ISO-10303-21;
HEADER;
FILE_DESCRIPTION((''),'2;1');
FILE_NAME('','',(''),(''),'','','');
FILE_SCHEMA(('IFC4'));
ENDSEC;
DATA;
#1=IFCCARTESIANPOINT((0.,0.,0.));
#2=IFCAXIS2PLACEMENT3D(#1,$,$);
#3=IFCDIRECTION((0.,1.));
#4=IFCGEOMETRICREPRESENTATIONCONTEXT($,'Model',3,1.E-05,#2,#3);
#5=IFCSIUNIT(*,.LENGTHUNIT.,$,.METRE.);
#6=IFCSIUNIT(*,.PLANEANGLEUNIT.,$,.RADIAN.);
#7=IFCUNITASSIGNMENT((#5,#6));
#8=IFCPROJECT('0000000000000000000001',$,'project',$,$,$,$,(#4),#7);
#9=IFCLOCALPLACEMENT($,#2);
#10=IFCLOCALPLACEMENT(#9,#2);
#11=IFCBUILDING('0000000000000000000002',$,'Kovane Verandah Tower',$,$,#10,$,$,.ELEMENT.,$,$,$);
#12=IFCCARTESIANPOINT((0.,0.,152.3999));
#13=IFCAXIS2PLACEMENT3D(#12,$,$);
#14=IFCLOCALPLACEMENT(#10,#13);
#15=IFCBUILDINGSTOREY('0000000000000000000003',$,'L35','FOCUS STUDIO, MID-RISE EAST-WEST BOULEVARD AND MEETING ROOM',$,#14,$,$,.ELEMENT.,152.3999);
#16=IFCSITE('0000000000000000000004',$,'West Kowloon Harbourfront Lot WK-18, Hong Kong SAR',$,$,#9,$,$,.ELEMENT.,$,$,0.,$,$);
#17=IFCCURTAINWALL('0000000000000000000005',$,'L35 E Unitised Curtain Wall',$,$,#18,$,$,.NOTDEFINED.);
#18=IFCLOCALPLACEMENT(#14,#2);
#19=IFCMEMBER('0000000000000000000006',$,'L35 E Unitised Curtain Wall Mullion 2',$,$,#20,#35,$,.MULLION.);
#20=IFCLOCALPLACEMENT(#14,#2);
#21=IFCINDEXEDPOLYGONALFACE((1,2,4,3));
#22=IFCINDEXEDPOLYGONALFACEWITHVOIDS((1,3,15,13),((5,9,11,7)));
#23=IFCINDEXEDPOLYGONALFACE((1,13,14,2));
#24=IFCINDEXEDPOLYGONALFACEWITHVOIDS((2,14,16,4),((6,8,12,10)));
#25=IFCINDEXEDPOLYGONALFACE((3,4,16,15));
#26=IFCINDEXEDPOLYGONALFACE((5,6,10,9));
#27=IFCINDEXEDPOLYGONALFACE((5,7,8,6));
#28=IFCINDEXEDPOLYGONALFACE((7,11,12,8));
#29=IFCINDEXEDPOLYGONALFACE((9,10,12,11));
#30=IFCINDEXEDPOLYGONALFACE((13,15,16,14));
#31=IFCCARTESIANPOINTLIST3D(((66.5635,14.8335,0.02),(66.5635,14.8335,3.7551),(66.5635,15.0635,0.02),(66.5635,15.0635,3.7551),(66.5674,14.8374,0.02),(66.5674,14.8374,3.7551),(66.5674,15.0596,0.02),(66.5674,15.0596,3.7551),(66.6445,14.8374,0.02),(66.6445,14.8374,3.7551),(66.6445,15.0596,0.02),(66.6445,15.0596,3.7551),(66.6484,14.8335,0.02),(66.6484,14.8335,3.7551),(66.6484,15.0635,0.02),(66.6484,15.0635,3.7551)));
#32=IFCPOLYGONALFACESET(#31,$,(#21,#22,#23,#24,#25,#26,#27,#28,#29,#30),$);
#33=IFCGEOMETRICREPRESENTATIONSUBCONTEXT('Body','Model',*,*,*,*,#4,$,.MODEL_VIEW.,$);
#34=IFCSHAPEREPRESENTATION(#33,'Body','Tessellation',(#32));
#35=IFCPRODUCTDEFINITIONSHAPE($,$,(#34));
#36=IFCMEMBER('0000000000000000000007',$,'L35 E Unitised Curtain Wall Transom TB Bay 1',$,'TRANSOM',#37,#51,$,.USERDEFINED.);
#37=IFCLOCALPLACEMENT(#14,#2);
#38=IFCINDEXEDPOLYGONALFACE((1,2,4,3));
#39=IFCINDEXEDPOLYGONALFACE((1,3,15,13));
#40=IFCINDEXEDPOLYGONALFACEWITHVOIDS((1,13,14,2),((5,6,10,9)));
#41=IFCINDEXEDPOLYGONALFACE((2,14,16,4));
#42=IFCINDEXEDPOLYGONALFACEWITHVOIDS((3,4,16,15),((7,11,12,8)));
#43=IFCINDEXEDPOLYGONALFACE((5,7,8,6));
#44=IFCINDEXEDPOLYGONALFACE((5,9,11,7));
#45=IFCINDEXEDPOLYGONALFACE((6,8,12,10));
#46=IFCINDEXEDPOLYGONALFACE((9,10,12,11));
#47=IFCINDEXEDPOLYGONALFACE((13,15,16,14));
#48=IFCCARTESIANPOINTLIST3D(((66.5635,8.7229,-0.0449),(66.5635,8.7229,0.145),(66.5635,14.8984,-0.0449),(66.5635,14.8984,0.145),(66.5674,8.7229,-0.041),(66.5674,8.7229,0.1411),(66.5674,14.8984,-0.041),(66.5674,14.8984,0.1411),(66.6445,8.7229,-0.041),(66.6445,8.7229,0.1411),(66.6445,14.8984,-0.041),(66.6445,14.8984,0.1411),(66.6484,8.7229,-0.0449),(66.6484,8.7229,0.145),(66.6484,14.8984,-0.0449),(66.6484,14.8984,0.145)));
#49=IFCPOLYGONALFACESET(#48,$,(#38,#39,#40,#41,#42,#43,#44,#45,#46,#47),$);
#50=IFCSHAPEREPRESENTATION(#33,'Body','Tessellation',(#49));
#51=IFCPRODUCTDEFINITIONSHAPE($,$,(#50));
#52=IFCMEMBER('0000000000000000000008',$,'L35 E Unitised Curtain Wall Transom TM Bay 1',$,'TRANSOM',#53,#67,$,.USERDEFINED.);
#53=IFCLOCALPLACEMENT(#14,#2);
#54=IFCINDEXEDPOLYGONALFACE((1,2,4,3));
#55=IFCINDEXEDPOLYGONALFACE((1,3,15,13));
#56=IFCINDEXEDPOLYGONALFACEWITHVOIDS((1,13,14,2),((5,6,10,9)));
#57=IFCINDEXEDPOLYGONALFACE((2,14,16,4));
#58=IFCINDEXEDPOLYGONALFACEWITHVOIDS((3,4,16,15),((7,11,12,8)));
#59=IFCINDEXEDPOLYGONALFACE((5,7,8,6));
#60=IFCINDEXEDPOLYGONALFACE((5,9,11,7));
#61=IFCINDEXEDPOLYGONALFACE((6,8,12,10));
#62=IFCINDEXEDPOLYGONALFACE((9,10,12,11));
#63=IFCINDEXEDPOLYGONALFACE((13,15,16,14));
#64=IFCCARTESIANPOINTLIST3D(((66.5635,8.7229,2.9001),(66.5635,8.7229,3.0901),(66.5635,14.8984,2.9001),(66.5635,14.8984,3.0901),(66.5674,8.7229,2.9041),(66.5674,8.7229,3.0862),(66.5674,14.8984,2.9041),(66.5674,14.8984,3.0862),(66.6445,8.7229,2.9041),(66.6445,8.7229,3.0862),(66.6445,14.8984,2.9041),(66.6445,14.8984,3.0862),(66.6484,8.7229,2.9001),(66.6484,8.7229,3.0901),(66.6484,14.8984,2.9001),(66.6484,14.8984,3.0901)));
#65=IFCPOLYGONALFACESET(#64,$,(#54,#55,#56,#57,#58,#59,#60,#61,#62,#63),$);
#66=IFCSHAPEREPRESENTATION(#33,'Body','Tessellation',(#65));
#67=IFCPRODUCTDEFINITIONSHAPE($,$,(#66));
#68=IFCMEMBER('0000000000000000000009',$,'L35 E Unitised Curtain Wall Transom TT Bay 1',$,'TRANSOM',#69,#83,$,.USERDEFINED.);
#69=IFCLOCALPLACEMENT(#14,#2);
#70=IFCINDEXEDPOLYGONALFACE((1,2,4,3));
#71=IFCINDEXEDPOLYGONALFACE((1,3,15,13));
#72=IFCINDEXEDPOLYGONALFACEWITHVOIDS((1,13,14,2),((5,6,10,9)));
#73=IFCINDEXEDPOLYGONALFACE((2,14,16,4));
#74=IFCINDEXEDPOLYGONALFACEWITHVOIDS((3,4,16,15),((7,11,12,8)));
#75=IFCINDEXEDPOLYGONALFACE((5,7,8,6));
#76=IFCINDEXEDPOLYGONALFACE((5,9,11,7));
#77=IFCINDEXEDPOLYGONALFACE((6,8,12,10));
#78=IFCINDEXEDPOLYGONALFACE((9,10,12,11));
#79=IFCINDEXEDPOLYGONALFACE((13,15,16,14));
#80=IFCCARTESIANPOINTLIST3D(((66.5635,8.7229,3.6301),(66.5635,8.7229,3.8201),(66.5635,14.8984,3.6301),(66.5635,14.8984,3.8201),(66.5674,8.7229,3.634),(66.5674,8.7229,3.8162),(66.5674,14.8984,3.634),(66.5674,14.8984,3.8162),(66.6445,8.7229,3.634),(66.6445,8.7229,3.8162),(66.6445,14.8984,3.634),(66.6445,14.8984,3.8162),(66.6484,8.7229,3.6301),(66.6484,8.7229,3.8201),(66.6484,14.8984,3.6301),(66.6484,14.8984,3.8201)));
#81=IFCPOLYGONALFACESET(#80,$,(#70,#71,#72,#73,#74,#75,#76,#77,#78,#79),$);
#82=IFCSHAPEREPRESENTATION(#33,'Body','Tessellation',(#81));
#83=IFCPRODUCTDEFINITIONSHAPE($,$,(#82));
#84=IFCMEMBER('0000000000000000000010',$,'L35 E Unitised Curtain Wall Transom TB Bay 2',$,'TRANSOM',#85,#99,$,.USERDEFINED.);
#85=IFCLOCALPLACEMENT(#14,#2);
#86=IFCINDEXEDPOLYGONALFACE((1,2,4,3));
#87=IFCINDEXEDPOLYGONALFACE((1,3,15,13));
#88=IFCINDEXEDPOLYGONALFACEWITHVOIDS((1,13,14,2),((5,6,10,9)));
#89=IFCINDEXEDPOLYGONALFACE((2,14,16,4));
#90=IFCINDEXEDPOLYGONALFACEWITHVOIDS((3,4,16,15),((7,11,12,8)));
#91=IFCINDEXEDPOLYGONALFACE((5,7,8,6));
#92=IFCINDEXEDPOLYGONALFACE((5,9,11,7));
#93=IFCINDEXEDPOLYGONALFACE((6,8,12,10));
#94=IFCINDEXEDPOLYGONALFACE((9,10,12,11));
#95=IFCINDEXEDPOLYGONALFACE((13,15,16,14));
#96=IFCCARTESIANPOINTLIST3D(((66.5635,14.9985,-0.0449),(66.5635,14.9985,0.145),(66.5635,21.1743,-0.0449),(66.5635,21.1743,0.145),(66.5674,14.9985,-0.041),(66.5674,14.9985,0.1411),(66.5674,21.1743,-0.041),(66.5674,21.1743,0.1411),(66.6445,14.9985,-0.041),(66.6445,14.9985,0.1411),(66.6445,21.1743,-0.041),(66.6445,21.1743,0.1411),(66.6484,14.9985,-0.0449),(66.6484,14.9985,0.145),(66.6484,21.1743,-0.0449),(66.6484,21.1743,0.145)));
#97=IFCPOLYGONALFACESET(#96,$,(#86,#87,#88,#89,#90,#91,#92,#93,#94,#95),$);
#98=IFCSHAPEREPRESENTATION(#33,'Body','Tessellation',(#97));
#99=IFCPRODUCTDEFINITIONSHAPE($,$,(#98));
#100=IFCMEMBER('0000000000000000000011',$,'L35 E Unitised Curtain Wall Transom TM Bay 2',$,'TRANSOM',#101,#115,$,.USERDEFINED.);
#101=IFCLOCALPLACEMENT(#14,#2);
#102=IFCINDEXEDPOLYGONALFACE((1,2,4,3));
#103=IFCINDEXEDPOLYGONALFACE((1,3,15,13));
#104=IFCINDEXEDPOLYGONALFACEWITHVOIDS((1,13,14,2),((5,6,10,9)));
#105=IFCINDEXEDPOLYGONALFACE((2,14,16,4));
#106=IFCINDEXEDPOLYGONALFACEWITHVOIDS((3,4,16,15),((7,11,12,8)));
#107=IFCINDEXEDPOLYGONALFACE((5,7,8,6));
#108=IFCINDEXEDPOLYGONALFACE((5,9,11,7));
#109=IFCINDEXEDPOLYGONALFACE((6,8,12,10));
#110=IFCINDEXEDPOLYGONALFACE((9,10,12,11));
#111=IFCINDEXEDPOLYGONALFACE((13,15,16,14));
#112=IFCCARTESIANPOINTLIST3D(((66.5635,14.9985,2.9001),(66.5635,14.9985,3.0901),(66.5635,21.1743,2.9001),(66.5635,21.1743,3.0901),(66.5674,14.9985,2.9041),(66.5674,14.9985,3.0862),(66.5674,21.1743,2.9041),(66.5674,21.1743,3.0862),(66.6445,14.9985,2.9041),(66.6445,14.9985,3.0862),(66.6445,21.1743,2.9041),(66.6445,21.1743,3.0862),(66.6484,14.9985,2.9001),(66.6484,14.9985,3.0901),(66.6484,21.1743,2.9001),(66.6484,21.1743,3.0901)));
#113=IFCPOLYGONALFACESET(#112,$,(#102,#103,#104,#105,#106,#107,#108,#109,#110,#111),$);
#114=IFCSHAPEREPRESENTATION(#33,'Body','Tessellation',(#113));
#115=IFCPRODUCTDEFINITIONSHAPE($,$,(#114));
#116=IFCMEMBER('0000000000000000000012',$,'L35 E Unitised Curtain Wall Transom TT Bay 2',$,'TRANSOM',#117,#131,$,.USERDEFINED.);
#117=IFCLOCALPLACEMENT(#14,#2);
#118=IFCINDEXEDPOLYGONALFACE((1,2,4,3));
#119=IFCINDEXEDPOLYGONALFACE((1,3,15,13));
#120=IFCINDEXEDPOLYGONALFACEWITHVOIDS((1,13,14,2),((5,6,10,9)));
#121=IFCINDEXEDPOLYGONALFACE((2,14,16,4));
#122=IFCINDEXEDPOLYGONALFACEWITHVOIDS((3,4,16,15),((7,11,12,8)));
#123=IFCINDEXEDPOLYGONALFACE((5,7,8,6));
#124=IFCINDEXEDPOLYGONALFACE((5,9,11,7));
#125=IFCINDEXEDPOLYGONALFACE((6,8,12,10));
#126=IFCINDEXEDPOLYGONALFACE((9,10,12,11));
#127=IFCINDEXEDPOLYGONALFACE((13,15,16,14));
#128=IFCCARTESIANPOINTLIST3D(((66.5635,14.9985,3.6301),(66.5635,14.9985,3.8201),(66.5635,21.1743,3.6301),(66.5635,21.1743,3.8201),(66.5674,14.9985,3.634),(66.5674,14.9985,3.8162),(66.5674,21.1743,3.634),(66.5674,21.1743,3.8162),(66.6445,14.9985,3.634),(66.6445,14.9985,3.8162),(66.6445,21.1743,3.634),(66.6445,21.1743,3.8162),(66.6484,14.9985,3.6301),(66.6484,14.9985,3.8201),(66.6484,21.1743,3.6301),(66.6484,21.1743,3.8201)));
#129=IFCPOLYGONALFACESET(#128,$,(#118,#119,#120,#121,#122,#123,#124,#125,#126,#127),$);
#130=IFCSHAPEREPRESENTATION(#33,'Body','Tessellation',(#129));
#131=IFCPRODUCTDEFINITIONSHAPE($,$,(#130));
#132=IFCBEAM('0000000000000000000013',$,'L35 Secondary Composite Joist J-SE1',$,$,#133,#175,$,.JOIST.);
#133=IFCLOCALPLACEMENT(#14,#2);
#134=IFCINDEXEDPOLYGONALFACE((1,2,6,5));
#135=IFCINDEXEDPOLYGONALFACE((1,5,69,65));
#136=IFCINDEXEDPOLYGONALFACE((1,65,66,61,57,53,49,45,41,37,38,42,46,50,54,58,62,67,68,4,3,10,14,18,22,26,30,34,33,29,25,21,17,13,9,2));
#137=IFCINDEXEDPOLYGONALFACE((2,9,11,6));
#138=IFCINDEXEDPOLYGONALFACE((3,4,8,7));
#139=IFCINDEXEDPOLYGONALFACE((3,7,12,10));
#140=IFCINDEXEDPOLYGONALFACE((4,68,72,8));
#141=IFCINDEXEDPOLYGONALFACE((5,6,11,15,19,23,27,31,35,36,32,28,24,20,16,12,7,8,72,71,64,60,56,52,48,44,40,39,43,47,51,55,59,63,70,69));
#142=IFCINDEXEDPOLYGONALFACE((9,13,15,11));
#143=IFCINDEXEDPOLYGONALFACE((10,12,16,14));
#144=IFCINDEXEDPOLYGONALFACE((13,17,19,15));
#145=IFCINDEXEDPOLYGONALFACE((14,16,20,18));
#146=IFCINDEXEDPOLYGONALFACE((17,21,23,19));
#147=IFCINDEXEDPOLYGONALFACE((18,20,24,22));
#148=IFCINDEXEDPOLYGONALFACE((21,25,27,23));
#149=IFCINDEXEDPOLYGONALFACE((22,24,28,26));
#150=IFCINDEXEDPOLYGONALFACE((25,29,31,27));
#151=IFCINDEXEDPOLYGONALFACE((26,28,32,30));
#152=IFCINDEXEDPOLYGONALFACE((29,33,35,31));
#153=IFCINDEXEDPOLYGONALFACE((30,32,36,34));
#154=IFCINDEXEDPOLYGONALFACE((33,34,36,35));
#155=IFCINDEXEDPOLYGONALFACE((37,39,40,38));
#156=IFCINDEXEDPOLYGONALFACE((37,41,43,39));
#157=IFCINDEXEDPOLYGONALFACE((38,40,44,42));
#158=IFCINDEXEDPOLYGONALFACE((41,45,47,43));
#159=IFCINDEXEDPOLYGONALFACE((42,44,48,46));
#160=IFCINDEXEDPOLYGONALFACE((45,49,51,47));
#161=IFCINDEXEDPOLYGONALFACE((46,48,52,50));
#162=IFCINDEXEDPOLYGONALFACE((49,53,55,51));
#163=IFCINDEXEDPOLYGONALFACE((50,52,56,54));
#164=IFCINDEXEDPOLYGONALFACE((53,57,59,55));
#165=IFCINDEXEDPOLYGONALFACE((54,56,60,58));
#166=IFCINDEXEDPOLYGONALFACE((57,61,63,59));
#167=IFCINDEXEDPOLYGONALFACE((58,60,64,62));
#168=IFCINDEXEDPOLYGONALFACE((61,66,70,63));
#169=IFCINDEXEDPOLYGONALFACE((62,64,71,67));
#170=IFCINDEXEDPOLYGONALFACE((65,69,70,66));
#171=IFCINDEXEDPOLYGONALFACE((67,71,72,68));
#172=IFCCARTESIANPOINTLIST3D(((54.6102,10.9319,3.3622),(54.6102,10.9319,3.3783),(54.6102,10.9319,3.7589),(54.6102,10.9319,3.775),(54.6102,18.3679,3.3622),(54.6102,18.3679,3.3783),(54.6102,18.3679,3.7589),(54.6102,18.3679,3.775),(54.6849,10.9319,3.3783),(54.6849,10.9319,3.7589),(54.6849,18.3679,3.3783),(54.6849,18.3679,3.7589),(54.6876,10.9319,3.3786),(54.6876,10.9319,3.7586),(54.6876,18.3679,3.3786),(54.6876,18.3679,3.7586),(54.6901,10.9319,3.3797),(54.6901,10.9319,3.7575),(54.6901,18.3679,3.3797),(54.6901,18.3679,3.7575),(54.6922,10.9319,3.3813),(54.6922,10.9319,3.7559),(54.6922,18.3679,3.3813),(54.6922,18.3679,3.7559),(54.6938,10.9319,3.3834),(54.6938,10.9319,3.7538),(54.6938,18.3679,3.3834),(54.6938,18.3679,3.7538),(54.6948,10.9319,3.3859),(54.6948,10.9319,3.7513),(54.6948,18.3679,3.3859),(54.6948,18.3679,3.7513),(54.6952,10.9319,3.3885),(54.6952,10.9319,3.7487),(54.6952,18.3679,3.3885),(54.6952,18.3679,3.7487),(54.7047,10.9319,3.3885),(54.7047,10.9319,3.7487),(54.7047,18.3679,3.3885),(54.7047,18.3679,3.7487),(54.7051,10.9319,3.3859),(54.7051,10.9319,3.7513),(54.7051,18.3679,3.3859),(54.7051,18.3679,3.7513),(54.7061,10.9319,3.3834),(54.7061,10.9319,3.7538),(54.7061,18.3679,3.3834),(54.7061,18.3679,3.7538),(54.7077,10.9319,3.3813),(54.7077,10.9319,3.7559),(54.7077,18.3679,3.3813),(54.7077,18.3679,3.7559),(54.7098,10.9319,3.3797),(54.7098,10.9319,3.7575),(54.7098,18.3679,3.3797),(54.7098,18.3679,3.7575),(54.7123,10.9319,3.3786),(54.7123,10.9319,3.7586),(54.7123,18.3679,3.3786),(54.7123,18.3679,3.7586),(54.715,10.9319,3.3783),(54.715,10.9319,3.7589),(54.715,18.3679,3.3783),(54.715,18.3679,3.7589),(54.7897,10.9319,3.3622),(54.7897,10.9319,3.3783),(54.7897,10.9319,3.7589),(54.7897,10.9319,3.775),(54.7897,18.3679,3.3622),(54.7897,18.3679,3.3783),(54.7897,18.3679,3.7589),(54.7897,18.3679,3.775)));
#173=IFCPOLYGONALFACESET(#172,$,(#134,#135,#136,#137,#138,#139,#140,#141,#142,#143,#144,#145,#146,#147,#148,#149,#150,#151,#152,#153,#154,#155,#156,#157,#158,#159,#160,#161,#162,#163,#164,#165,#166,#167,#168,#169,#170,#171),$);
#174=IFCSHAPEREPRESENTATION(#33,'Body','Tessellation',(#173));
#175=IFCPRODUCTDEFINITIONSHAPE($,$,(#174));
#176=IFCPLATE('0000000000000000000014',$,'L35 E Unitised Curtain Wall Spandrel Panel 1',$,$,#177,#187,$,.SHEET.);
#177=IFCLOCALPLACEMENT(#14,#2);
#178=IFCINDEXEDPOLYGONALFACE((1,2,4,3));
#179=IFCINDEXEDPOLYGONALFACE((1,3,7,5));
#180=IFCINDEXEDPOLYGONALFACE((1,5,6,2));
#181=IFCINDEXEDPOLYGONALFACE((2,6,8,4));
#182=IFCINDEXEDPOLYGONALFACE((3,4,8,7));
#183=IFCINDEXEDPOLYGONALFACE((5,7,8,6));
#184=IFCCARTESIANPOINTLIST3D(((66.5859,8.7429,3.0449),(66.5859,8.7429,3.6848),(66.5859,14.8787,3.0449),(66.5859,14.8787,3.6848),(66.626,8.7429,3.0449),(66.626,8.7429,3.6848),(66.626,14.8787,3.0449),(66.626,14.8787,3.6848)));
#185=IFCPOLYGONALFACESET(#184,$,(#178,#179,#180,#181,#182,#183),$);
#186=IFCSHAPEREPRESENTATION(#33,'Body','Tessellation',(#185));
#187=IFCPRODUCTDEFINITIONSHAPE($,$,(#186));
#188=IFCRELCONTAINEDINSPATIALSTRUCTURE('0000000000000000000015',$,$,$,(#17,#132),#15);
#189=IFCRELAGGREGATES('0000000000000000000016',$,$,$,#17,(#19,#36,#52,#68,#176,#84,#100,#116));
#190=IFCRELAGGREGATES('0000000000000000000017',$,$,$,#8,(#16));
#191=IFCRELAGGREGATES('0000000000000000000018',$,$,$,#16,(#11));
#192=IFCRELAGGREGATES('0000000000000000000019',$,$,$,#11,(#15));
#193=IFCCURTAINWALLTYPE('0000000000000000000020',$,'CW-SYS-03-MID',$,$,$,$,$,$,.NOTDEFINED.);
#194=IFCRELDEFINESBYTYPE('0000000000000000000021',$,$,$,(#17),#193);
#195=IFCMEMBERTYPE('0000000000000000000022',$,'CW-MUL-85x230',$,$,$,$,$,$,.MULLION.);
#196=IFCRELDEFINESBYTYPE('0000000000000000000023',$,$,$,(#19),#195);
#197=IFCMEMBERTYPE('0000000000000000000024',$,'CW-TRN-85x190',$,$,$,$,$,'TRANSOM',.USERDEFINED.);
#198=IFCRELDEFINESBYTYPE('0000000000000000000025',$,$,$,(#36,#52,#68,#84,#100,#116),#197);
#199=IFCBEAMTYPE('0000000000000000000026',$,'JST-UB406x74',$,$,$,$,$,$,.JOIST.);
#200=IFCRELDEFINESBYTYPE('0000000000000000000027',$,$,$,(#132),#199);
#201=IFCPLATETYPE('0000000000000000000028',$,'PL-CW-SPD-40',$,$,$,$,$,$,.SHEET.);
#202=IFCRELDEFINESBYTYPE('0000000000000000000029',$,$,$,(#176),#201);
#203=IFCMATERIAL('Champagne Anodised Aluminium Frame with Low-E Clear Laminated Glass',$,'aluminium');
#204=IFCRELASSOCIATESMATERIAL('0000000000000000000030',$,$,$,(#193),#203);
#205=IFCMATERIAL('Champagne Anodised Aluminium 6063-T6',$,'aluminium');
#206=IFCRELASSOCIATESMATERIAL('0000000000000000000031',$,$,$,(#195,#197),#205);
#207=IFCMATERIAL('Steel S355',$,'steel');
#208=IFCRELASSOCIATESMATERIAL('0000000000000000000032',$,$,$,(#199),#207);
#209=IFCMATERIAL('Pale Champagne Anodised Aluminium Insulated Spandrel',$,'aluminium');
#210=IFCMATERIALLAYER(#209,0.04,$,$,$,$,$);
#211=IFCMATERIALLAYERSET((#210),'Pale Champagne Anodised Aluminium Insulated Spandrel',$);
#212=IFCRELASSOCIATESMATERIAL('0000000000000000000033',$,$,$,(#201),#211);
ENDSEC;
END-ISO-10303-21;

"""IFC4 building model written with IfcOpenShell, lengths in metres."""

from ifc_helpers import new_model, si_unit, direction, frame, origin, origin_2d, place, context, subcontext, project, spatial, rectangle, hollow_rectangle, i_section, extrude, material, layer, layer_set, material_profile, profile_set, type_object, element, aggregate, save


model = new_model("IFC4")

# Units and contexts
model_context = context("Model", 3, precision=1e-05, world=origin(), true_north=direction((0.0, 1.0)))
body_context = subcontext(model_context, "Body", "Model", "MODEL_VIEW")
ifc_project = project(units=[si_unit("LENGTHUNIT", "METRE"), si_unit("PLANEANGLEUNIT", "RADIAN")], contexts=[model_context])

# Site, building, storey
site_placement = place(None, origin())
site = spatial("IfcSite", under=ifc_project, at=site_placement, Name="West Kowloon Harbourfront Lot WK-18, Hong Kong SAR", CompositionType="ELEMENT", RefElevation=0.0)
building_placement = place(site_placement, origin())
building = spatial("IfcBuilding", under=site, at=building_placement, Name="Kovane Verandah Tower", CompositionType="ELEMENT")
storey_placement = place(building_placement, frame((0.0, 0.0, 152.3999)))
storey = spatial("IfcBuildingStorey", under=building, at=storey_placement, Name="L35", Description="FOCUS STUDIO, MID-RISE EAST-WEST BOULEVARD AND MEETING ROOM", CompositionType="ELEMENT", Elevation=152.3999)

# Shared definitions
ifc_material_1 = material(Name="Steel S355", Category="steel")

# Curtain wall, members
ifc_material_2 = material(Name="Champagne Anodised Aluminium Frame with Low-E Clear Laminated Glass", Category="aluminium")
curtain_wall_type = type_object("IfcCurtainWallType", Name="CW-SYS-03-MID", PredefinedType="NOTDEFINED", material=ifc_material_2)
curtain_wall_placement = place(storey_placement, origin())
curtain_wall = element("IfcCurtainWall", 1, at=curtain_wall_placement, inside=storey, type_object=curtain_wall_type, Name="L35 E Unitised Curtain Wall", PredefinedType="NOTDEFINED")
ifc_material_3 = material(Name="Champagne Anodised Aluminium 6063-T6", Category="aluminium")
ifc_material_profile_1 = material_profile(ifc_material_3, hollow_rectangle(XDim=0.085, YDim=0.23, WallThickness=0.0039, at=origin_2d()), Name="AL85x230x4")
ifc_profile_set_1 = profile_set([ifc_material_profile_1], Name="Champagne Anodised Aluminium 6063-T6")
member_type_1 = type_object("IfcMemberType", Name="CW-MUL-85x230", PredefinedType="MULLION", material=ifc_profile_set_1)
member_1_placement = place(storey_placement, frame((66.606, 14.9485, 0.02), z_axis=(0.0, 0.0, 1.0), x_axis=(1.0, 0.0, 0.0)))
member_1 = element("IfcMember", 2, at=member_1_placement, type_object=member_type_1, Name="L35 E Unitised Curtain Wall Mullion 2", PredefinedType="MULLION", context=body_context, shape_type="SweptSolid", body=[
    extrude(hollow_rectangle(XDim=0.085, YDim=0.23, WallThickness=0.0039, at=origin_2d()), origin(), (0.0, 0.0, 1.0), 3.7351),
])
ifc_material_profile_2 = material_profile(ifc_material_3, hollow_rectangle(XDim=0.085, YDim=0.1899, WallThickness=0.0039, at=origin_2d()), Name="AL85x190x4")
ifc_profile_set_2 = profile_set([ifc_material_profile_2], Name="Champagne Anodised Aluminium 6063-T6")
member_type_2 = type_object("IfcMemberType", Name="CW-TRN-85x190", ElementType="TRANSOM", PredefinedType="USERDEFINED", material=ifc_profile_set_2)
member_2_placement = place(storey_placement, frame((66.606, 8.7229, 0.05), z_axis=(0.0, 1.0, 0.0), x_axis=(-1.0, 0.0, 0.0)))
member_2 = element("IfcMember", 3, at=member_2_placement, type_object=member_type_2, Name="L35 E Unitised Curtain Wall Transom TB Bay 1", ObjectType="TRANSOM", PredefinedType="USERDEFINED", context=body_context, shape_type="SweptSolid", body=[
    extrude(hollow_rectangle(XDim=0.085, YDim=0.1899, WallThickness=0.0039, at=origin_2d()), origin(), (0.0, 0.0, 1.0), 6.1755),
])
member_3_placement = place(storey_placement, frame((66.606, 8.7229, 2.9951), z_axis=(0.0, 1.0, 0.0), x_axis=(-1.0, 0.0, 0.0)))
member_3 = element("IfcMember", 4, at=member_3_placement, type_object=member_type_2, Name="L35 E Unitised Curtain Wall Transom TM Bay 1", ObjectType="TRANSOM", PredefinedType="USERDEFINED", context=body_context, shape_type="SweptSolid", body=[
    extrude(hollow_rectangle(XDim=0.085, YDim=0.1899, WallThickness=0.0039, at=origin_2d()), origin(), (0.0, 0.0, 1.0), 6.1755),
])
member_4_placement = place(storey_placement, frame((66.606, 8.7229, 3.7251), z_axis=(0.0, 1.0, 0.0), x_axis=(-1.0, 0.0, 0.0)))
member_4 = element("IfcMember", 5, at=member_4_placement, type_object=member_type_2, Name="L35 E Unitised Curtain Wall Transom TT Bay 1", ObjectType="TRANSOM", PredefinedType="USERDEFINED", context=body_context, shape_type="SweptSolid", body=[
    extrude(hollow_rectangle(XDim=0.085, YDim=0.1899, WallThickness=0.0039, at=origin_2d()), origin(), (0.0, 0.0, 1.0), 6.1755),
])
member_5_placement = place(storey_placement, frame((66.606, 14.9985, 0.05), z_axis=(0.0, 1.0, 0.0), x_axis=(-1.0, 0.0, 0.0)))
member_5 = element("IfcMember", 6, at=member_5_placement, type_object=member_type_2, Name="L35 E Unitised Curtain Wall Transom TB Bay 2", ObjectType="TRANSOM", PredefinedType="USERDEFINED", context=body_context, shape_type="SweptSolid", body=[
    extrude(hollow_rectangle(XDim=0.085, YDim=0.1899, WallThickness=0.0039, at=origin_2d()), origin(), (0.0, 0.0, 1.0), 6.1758),
])
member_6_placement = place(storey_placement, frame((66.606, 14.9985, 2.9951), z_axis=(0.0, 1.0, 0.0), x_axis=(-1.0, 0.0, 0.0)))
member_6 = element("IfcMember", 7, at=member_6_placement, type_object=member_type_2, Name="L35 E Unitised Curtain Wall Transom TM Bay 2", ObjectType="TRANSOM", PredefinedType="USERDEFINED", context=body_context, shape_type="SweptSolid", body=[
    extrude(hollow_rectangle(XDim=0.085, YDim=0.1899, WallThickness=0.0039, at=origin_2d()), origin(), (0.0, 0.0, 1.0), 6.1758),
])
member_7_placement = place(storey_placement, frame((66.606, 14.9985, 3.7251), z_axis=(0.0, 1.0, 0.0), x_axis=(-1.0, 0.0, 0.0)))
member_7 = element("IfcMember", 8, at=member_7_placement, type_object=member_type_2, Name="L35 E Unitised Curtain Wall Transom TT Bay 2", ObjectType="TRANSOM", PredefinedType="USERDEFINED", context=body_context, shape_type="SweptSolid", body=[
    extrude(hollow_rectangle(XDim=0.085, YDim=0.1899, WallThickness=0.0039, at=origin_2d()), origin(), (0.0, 0.0, 1.0), 6.1758),
])

# Beam
ifc_material_profile_3 = material_profile(ifc_material_1, i_section(OverallWidth=0.1794, OverallDepth=0.4128, WebThickness=0.0095, FlangeThickness=0.0161, FilletRadius=0.0103, at=origin_2d()), Name="UB406x178x74")
ifc_profile_set_3 = profile_set([ifc_material_profile_3], Name="Steel S355")
beam_type_1 = type_object("IfcBeamType", Name="JST-UB406x74", PredefinedType="JOIST", material=ifc_profile_set_3)
beam_1_placement = place(storey_placement, frame((54.7, 10.9319, 3.5686), z_axis=(0.0, 1.0, 0.0), x_axis=(-1.0, 0.0, 0.0)))
element("IfcBeam", 9, at=beam_1_placement, inside=storey, type_object=beam_type_1, Name="L35 Secondary Composite Joist J-SE1", PredefinedType="JOIST", context=body_context, shape_type="SweptSolid", body=[
    extrude(i_section(OverallWidth=0.1794, OverallDepth=0.4128, WebThickness=0.0095, FlangeThickness=0.0161, FilletRadius=0.0103, at=origin_2d()), origin(), (0.0, 0.0, 1.0), 7.436),
])

# Plate
ifc_material_4 = material(Name="Pale Champagne Anodised Aluminium Insulated Spandrel", Category="aluminium")
ifc_layer_1 = layer(ifc_material_4, 0.04)
ifc_layer_set_1 = layer_set([ifc_layer_1], Name="Pale Champagne Anodised Aluminium Insulated Spandrel")
plate_type_1 = type_object("IfcPlateType", Name="PL-CW-SPD-40", PredefinedType="SHEET", material=ifc_layer_set_1)
plate_1_placement = place(storey_placement, frame((66.606, 11.8108, 3.0449), z_axis=(0.0, 0.0, 1.0), x_axis=(0.0, 1.0, 0.0)))
plate_1 = element("IfcPlate", 10, at=plate_1_placement, type_object=plate_type_1, Name="L35 E Unitised Curtain Wall Spandrel Panel 1", PredefinedType="SHEET", context=body_context, shape_type="SweptSolid", body=[
    extrude(rectangle(XDim=6.1357, YDim=0.04, at=origin_2d()), origin(), (0.0, 0.0, 1.0), 0.6399),
])
aggregate(curtain_wall, [member_1, member_2, member_3, member_4, plate_1, member_5, member_6, member_7])

save(model, "model.ifc")
